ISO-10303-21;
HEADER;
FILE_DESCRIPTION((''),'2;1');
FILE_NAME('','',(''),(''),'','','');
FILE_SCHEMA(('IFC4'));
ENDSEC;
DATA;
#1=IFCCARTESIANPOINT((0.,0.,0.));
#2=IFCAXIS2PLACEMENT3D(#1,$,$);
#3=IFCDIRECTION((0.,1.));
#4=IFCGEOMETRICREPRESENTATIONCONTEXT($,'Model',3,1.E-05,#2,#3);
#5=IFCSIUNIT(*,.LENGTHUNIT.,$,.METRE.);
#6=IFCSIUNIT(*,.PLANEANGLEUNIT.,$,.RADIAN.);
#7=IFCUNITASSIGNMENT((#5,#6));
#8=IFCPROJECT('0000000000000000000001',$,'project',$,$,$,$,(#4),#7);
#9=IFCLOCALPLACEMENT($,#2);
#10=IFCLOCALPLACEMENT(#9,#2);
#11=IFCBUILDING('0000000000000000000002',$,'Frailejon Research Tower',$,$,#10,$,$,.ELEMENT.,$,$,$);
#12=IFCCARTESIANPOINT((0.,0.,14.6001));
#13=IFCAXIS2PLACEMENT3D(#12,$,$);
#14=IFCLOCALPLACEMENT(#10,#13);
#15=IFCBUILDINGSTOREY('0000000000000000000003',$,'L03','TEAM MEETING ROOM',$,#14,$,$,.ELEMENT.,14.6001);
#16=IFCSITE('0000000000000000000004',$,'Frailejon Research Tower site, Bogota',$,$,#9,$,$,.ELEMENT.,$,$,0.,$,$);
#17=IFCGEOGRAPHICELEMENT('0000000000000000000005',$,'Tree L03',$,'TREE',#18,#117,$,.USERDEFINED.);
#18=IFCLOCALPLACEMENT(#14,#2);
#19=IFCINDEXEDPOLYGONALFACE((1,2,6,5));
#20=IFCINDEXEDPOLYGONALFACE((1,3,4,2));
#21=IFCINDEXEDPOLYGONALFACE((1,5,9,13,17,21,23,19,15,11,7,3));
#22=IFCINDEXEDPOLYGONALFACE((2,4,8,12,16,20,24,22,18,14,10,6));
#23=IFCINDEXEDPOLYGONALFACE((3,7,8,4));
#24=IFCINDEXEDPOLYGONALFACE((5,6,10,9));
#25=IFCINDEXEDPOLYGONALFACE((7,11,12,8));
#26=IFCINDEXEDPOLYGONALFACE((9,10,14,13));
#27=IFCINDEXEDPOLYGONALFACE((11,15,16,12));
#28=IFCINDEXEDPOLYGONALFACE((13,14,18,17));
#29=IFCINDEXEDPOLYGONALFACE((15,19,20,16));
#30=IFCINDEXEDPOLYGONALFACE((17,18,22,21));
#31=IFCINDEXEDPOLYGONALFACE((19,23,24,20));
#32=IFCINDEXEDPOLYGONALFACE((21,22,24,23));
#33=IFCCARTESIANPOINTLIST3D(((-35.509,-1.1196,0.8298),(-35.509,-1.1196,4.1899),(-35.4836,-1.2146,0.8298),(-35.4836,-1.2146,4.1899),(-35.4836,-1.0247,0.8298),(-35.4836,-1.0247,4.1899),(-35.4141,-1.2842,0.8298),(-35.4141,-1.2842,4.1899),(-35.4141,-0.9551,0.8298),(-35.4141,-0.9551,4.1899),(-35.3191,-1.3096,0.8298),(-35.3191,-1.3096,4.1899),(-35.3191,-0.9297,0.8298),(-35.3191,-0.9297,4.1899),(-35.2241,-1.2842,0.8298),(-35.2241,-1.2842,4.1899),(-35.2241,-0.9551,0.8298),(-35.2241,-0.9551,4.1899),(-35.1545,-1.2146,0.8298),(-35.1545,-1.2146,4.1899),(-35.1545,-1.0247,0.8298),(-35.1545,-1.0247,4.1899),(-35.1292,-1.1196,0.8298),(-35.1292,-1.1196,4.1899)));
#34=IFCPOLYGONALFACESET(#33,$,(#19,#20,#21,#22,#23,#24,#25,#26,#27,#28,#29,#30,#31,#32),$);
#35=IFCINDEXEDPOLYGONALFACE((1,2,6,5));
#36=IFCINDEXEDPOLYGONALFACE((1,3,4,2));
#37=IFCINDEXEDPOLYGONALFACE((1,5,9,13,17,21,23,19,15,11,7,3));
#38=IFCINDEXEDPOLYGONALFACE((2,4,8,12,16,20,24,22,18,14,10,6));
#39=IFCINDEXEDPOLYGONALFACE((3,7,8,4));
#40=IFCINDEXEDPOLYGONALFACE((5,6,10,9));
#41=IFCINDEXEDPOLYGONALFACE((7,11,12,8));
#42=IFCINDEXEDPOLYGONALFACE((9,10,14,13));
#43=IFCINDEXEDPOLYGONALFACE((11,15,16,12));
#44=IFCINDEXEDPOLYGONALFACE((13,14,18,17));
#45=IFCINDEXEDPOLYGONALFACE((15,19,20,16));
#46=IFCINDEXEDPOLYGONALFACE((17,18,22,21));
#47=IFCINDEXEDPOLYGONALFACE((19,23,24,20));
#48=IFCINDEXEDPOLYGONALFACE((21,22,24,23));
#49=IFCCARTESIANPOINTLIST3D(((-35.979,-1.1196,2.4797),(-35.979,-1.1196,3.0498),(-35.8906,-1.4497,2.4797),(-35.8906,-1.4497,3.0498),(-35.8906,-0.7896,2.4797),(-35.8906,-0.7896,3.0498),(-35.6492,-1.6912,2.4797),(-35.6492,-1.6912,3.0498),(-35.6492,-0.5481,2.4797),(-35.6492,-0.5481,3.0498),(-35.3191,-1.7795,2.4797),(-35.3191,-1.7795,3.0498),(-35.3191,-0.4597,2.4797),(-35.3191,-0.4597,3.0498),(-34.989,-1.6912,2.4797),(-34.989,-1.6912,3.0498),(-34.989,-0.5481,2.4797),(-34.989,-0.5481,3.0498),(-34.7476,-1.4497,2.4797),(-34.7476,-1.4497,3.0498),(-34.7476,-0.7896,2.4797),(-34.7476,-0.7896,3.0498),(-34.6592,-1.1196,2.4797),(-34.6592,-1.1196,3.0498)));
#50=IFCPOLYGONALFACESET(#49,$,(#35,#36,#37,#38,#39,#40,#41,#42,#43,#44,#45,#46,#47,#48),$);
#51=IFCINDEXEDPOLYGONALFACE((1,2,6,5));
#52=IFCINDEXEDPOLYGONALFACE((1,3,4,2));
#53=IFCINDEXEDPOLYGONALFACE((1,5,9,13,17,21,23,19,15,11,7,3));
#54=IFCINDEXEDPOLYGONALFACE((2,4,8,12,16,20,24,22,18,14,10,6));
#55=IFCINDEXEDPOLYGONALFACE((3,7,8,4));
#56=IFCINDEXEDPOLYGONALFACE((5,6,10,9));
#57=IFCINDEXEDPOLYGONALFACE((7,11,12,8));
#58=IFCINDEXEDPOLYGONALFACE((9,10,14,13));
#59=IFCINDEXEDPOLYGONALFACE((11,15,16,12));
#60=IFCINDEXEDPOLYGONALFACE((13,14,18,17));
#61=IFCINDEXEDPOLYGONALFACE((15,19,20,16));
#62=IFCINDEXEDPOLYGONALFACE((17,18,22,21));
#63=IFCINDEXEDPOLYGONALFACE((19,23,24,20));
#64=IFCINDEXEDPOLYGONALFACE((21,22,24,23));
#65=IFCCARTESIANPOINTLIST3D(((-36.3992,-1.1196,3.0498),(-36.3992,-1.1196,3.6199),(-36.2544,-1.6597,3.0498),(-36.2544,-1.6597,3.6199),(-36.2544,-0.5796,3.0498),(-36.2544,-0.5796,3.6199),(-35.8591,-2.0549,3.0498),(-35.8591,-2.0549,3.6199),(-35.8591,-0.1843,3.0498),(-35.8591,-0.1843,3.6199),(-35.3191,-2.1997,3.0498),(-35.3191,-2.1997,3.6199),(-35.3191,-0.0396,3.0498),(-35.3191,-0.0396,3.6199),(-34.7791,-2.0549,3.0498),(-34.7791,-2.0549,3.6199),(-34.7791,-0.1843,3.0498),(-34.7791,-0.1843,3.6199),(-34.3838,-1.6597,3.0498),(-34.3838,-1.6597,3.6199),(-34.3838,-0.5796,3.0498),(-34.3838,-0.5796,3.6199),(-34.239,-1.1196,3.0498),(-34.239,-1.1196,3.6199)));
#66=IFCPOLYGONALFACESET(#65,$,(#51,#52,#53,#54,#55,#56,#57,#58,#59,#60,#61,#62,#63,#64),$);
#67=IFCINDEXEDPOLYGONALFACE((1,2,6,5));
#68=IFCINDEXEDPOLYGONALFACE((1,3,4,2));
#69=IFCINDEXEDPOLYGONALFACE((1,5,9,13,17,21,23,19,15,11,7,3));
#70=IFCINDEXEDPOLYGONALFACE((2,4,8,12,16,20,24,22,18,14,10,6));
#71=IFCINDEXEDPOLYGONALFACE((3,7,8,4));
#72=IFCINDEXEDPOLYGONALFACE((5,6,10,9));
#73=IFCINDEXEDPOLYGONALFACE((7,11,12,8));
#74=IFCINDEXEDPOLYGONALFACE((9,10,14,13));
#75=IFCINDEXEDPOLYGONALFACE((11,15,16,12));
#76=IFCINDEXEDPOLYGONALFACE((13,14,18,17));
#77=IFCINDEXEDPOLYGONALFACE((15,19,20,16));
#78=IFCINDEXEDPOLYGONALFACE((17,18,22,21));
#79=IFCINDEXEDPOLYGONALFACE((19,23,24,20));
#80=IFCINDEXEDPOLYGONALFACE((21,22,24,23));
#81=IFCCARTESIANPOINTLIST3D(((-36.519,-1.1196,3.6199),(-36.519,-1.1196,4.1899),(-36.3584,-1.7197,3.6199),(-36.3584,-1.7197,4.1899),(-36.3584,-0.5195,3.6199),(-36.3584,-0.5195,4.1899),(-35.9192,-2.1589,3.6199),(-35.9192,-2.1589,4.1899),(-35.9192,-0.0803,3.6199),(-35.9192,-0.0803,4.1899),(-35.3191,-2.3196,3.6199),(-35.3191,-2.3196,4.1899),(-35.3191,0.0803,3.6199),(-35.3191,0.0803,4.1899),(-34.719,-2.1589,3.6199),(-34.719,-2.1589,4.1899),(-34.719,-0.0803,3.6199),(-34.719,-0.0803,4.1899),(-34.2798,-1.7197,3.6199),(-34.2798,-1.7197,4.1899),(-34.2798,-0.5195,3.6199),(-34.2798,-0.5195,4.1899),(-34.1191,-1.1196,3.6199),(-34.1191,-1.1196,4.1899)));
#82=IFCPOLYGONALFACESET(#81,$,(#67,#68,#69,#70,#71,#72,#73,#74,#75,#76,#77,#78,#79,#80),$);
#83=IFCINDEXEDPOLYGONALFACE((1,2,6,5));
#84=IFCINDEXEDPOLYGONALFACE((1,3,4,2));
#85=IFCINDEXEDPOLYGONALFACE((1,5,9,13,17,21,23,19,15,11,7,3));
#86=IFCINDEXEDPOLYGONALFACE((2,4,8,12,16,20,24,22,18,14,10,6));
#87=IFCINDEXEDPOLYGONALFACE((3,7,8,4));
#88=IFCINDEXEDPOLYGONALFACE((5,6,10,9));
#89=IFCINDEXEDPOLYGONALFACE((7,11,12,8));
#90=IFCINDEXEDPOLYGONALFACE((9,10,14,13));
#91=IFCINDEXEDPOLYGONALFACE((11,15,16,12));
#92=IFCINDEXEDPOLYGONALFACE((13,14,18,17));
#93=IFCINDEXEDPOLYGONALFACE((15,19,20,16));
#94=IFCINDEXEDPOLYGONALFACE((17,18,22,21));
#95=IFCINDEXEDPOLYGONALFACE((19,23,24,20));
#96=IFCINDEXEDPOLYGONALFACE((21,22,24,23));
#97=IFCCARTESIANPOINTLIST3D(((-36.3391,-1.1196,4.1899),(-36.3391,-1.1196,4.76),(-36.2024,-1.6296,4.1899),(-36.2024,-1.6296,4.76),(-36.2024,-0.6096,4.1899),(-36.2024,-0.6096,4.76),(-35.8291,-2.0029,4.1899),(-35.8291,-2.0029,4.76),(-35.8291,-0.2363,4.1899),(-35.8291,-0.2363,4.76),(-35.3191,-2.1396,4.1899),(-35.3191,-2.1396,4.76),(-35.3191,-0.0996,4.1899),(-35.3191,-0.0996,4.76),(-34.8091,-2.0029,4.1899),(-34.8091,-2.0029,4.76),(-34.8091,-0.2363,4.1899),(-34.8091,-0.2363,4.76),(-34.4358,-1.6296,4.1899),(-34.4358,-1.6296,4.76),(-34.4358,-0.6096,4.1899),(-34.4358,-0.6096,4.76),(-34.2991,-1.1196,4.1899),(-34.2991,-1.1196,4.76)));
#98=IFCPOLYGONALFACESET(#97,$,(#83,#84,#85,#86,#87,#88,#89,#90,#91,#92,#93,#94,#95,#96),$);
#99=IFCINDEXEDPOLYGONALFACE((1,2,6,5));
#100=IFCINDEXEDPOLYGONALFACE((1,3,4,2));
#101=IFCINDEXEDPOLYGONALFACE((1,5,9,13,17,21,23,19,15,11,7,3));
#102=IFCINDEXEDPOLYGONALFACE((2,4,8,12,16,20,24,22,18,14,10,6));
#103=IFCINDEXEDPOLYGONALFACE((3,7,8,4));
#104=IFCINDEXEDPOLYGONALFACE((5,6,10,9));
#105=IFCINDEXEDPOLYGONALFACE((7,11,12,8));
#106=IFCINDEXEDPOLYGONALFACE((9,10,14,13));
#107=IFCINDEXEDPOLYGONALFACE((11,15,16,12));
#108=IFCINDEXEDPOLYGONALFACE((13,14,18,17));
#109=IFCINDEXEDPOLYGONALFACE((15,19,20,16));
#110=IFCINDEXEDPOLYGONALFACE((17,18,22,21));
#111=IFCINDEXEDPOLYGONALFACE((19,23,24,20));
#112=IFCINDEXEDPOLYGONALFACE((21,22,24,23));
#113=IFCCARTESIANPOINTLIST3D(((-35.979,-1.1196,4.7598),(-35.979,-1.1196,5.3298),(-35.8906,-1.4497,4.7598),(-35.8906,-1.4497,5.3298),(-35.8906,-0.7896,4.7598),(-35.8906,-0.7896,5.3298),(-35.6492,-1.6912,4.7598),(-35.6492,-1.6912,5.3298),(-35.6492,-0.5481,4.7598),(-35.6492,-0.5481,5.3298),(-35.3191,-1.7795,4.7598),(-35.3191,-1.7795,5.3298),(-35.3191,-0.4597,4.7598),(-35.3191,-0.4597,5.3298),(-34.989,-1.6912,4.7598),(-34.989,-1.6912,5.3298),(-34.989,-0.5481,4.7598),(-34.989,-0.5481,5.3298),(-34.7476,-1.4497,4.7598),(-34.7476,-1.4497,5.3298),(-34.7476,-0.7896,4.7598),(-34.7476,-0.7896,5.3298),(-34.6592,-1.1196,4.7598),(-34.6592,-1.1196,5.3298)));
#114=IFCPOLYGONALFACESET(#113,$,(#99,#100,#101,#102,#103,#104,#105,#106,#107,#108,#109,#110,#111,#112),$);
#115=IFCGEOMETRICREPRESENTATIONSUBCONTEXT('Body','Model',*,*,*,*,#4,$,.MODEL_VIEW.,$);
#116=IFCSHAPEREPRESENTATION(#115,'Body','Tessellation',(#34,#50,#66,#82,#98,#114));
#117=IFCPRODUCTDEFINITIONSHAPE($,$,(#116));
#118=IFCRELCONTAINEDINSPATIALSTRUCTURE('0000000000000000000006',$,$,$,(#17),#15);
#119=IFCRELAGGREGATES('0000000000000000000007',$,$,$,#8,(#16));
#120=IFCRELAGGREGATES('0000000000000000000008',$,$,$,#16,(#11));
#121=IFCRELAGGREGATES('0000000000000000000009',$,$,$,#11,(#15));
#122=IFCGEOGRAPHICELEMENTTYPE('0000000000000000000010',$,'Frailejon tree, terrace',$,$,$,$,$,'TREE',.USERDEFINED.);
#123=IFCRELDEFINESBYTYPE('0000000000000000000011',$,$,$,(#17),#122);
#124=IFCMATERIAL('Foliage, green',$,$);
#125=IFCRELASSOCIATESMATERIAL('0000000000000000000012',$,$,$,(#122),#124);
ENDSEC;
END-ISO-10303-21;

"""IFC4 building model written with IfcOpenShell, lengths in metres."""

from ifc_helpers import new_model, si_unit, direction, frame, origin, place, context, subcontext, project, spatial, polyline, outline, extrude, material, type_object, element, save


model = new_model("IFC4")

# Units and contexts
model_context = context("Model", 3, precision=1e-05, world=origin(), true_north=direction((0.0, 1.0)))
body_context = subcontext(model_context, "Body", "Model", "MODEL_VIEW")
ifc_project = project(units=[si_unit("LENGTHUNIT", "METRE"), si_unit("PLANEANGLEUNIT", "RADIAN")], contexts=[model_context])

# Site, building, storey
site_placement = place(None, origin())
site = spatial("IfcSite", under=ifc_project, at=site_placement, Name="Frailejon Research Tower site, Bogota", CompositionType="ELEMENT", RefElevation=0.0)
building_placement = place(site_placement, origin())
building = spatial("IfcBuilding", under=site, at=building_placement, Name="Frailejon Research Tower", CompositionType="ELEMENT")
storey_placement = place(building_placement, frame((0.0, 0.0, 14.6001)))
storey = spatial("IfcBuildingStorey", under=building, at=storey_placement, Name="L03", Description="TEAM MEETING ROOM", CompositionType="ELEMENT", Elevation=14.6001)

# Geographic element
ifc_material_1 = material(Name="Foliage, green")
geographic_element_type = type_object("IfcGeographicElementType", Name="Frailejon tree, terrace", ElementType="TREE", PredefinedType="USERDEFINED", material=ifc_material_1)
geographic_element_1_placement = place(storey_placement, frame((-35.3191, -1.1196, 0.8298)))
element("IfcGeographicElement", 1, at=geographic_element_1_placement, inside=storey, type_object=geographic_element_type, Name="Tree L03", ObjectType="TREE", PredefinedType="USERDEFINED", context=body_context, shape_type="SweptSolid", body=[
    extrude(outline(polyline([(0.1899, 0.0), (0.1646, 0.095), (0.095, 0.1646), (0.0, 0.1899), (-0.095, 0.1646), (-0.1646, 0.095), (-0.1899, 0.0), (-0.1646, -0.095), (-0.095, -0.1646), (0.0, -0.1899), (0.095, -0.1646), (0.1646, -0.095), (0.1899, 0.0)])), origin(), (0.0, 0.0, 1.0), 3.3601),
    extrude(outline(polyline([(0.6599, 0.0), (0.5715, 0.3301), (0.3301, 0.5715), (0.0, 0.6599), (-0.3301, 0.5715), (-0.5715, 0.3301), (-0.6599, 0.0), (-0.5715, -0.3301), (-0.3301, -0.5715), (0.0, -0.6599), (0.3301, -0.5715), (0.5715, -0.3301), (0.6599, 0.0)])), frame((0.0, 0.0, 1.6499)), (0.0, 0.0, 1.0), 0.5701),
    extrude(outline(polyline([(1.0801, 0.0), (0.9353, 0.54), (0.54, 0.9353), (0.0, 1.0801), (-0.54, 0.9353), (-0.9353, 0.54), (-1.0801, 0.0), (-0.9353, -0.54), (-0.54, -0.9353), (0.0, -1.0801), (0.54, -0.9353), (0.9353, -0.54), (1.0801, 0.0)])), frame((0.0, 0.0, 2.22)), (0.0, 0.0, 1.0), 0.5701),
    extrude(outline(polyline([(1.2, 0.0), (1.0393, 0.6001), (0.6001, 1.0393), (0.0, 1.2), (-0.6001, 1.0393), (-1.0393, 0.6001), (-1.2, 0.0), (-1.0393, -0.6001), (-0.6001, -1.0393), (0.0, -1.2), (0.6001, -1.0393), (1.0393, -0.6001), (1.2, 0.0)])), frame((0.0, 0.0, 2.79)), (0.0, 0.0, 1.0), 0.5701),
    extrude(outline(polyline([(1.02, 0.0), (0.8833, 0.51), (0.51, 0.8833), (0.0, 1.02), (-0.51, 0.8833), (-0.8833, 0.51), (-1.02, 0.0), (-0.8833, -0.51), (-0.51, -0.8833), (0.0, -1.02), (0.51, -0.8833), (0.8833, -0.51), (1.02, 0.0)])), frame((0.0, 0.0, 3.3601)), (0.0, 0.0, 1.0), 0.5701),
    extrude(outline(polyline([(0.6599, 0.0), (0.5715, 0.3301), (0.3301, 0.5715), (0.0, 0.6599), (-0.3301, 0.5715), (-0.5715, 0.3301), (-0.6599, 0.0), (-0.5715, -0.3301), (-0.3301, -0.5715), (0.0, -0.6599), (0.3301, -0.5715), (0.5715, -0.3301), (0.6599, 0.0)])), frame((0.0, 0.0, 3.9299)), (0.0, 0.0, 1.0), 0.5701),
])

save(model, "model.ifc")
